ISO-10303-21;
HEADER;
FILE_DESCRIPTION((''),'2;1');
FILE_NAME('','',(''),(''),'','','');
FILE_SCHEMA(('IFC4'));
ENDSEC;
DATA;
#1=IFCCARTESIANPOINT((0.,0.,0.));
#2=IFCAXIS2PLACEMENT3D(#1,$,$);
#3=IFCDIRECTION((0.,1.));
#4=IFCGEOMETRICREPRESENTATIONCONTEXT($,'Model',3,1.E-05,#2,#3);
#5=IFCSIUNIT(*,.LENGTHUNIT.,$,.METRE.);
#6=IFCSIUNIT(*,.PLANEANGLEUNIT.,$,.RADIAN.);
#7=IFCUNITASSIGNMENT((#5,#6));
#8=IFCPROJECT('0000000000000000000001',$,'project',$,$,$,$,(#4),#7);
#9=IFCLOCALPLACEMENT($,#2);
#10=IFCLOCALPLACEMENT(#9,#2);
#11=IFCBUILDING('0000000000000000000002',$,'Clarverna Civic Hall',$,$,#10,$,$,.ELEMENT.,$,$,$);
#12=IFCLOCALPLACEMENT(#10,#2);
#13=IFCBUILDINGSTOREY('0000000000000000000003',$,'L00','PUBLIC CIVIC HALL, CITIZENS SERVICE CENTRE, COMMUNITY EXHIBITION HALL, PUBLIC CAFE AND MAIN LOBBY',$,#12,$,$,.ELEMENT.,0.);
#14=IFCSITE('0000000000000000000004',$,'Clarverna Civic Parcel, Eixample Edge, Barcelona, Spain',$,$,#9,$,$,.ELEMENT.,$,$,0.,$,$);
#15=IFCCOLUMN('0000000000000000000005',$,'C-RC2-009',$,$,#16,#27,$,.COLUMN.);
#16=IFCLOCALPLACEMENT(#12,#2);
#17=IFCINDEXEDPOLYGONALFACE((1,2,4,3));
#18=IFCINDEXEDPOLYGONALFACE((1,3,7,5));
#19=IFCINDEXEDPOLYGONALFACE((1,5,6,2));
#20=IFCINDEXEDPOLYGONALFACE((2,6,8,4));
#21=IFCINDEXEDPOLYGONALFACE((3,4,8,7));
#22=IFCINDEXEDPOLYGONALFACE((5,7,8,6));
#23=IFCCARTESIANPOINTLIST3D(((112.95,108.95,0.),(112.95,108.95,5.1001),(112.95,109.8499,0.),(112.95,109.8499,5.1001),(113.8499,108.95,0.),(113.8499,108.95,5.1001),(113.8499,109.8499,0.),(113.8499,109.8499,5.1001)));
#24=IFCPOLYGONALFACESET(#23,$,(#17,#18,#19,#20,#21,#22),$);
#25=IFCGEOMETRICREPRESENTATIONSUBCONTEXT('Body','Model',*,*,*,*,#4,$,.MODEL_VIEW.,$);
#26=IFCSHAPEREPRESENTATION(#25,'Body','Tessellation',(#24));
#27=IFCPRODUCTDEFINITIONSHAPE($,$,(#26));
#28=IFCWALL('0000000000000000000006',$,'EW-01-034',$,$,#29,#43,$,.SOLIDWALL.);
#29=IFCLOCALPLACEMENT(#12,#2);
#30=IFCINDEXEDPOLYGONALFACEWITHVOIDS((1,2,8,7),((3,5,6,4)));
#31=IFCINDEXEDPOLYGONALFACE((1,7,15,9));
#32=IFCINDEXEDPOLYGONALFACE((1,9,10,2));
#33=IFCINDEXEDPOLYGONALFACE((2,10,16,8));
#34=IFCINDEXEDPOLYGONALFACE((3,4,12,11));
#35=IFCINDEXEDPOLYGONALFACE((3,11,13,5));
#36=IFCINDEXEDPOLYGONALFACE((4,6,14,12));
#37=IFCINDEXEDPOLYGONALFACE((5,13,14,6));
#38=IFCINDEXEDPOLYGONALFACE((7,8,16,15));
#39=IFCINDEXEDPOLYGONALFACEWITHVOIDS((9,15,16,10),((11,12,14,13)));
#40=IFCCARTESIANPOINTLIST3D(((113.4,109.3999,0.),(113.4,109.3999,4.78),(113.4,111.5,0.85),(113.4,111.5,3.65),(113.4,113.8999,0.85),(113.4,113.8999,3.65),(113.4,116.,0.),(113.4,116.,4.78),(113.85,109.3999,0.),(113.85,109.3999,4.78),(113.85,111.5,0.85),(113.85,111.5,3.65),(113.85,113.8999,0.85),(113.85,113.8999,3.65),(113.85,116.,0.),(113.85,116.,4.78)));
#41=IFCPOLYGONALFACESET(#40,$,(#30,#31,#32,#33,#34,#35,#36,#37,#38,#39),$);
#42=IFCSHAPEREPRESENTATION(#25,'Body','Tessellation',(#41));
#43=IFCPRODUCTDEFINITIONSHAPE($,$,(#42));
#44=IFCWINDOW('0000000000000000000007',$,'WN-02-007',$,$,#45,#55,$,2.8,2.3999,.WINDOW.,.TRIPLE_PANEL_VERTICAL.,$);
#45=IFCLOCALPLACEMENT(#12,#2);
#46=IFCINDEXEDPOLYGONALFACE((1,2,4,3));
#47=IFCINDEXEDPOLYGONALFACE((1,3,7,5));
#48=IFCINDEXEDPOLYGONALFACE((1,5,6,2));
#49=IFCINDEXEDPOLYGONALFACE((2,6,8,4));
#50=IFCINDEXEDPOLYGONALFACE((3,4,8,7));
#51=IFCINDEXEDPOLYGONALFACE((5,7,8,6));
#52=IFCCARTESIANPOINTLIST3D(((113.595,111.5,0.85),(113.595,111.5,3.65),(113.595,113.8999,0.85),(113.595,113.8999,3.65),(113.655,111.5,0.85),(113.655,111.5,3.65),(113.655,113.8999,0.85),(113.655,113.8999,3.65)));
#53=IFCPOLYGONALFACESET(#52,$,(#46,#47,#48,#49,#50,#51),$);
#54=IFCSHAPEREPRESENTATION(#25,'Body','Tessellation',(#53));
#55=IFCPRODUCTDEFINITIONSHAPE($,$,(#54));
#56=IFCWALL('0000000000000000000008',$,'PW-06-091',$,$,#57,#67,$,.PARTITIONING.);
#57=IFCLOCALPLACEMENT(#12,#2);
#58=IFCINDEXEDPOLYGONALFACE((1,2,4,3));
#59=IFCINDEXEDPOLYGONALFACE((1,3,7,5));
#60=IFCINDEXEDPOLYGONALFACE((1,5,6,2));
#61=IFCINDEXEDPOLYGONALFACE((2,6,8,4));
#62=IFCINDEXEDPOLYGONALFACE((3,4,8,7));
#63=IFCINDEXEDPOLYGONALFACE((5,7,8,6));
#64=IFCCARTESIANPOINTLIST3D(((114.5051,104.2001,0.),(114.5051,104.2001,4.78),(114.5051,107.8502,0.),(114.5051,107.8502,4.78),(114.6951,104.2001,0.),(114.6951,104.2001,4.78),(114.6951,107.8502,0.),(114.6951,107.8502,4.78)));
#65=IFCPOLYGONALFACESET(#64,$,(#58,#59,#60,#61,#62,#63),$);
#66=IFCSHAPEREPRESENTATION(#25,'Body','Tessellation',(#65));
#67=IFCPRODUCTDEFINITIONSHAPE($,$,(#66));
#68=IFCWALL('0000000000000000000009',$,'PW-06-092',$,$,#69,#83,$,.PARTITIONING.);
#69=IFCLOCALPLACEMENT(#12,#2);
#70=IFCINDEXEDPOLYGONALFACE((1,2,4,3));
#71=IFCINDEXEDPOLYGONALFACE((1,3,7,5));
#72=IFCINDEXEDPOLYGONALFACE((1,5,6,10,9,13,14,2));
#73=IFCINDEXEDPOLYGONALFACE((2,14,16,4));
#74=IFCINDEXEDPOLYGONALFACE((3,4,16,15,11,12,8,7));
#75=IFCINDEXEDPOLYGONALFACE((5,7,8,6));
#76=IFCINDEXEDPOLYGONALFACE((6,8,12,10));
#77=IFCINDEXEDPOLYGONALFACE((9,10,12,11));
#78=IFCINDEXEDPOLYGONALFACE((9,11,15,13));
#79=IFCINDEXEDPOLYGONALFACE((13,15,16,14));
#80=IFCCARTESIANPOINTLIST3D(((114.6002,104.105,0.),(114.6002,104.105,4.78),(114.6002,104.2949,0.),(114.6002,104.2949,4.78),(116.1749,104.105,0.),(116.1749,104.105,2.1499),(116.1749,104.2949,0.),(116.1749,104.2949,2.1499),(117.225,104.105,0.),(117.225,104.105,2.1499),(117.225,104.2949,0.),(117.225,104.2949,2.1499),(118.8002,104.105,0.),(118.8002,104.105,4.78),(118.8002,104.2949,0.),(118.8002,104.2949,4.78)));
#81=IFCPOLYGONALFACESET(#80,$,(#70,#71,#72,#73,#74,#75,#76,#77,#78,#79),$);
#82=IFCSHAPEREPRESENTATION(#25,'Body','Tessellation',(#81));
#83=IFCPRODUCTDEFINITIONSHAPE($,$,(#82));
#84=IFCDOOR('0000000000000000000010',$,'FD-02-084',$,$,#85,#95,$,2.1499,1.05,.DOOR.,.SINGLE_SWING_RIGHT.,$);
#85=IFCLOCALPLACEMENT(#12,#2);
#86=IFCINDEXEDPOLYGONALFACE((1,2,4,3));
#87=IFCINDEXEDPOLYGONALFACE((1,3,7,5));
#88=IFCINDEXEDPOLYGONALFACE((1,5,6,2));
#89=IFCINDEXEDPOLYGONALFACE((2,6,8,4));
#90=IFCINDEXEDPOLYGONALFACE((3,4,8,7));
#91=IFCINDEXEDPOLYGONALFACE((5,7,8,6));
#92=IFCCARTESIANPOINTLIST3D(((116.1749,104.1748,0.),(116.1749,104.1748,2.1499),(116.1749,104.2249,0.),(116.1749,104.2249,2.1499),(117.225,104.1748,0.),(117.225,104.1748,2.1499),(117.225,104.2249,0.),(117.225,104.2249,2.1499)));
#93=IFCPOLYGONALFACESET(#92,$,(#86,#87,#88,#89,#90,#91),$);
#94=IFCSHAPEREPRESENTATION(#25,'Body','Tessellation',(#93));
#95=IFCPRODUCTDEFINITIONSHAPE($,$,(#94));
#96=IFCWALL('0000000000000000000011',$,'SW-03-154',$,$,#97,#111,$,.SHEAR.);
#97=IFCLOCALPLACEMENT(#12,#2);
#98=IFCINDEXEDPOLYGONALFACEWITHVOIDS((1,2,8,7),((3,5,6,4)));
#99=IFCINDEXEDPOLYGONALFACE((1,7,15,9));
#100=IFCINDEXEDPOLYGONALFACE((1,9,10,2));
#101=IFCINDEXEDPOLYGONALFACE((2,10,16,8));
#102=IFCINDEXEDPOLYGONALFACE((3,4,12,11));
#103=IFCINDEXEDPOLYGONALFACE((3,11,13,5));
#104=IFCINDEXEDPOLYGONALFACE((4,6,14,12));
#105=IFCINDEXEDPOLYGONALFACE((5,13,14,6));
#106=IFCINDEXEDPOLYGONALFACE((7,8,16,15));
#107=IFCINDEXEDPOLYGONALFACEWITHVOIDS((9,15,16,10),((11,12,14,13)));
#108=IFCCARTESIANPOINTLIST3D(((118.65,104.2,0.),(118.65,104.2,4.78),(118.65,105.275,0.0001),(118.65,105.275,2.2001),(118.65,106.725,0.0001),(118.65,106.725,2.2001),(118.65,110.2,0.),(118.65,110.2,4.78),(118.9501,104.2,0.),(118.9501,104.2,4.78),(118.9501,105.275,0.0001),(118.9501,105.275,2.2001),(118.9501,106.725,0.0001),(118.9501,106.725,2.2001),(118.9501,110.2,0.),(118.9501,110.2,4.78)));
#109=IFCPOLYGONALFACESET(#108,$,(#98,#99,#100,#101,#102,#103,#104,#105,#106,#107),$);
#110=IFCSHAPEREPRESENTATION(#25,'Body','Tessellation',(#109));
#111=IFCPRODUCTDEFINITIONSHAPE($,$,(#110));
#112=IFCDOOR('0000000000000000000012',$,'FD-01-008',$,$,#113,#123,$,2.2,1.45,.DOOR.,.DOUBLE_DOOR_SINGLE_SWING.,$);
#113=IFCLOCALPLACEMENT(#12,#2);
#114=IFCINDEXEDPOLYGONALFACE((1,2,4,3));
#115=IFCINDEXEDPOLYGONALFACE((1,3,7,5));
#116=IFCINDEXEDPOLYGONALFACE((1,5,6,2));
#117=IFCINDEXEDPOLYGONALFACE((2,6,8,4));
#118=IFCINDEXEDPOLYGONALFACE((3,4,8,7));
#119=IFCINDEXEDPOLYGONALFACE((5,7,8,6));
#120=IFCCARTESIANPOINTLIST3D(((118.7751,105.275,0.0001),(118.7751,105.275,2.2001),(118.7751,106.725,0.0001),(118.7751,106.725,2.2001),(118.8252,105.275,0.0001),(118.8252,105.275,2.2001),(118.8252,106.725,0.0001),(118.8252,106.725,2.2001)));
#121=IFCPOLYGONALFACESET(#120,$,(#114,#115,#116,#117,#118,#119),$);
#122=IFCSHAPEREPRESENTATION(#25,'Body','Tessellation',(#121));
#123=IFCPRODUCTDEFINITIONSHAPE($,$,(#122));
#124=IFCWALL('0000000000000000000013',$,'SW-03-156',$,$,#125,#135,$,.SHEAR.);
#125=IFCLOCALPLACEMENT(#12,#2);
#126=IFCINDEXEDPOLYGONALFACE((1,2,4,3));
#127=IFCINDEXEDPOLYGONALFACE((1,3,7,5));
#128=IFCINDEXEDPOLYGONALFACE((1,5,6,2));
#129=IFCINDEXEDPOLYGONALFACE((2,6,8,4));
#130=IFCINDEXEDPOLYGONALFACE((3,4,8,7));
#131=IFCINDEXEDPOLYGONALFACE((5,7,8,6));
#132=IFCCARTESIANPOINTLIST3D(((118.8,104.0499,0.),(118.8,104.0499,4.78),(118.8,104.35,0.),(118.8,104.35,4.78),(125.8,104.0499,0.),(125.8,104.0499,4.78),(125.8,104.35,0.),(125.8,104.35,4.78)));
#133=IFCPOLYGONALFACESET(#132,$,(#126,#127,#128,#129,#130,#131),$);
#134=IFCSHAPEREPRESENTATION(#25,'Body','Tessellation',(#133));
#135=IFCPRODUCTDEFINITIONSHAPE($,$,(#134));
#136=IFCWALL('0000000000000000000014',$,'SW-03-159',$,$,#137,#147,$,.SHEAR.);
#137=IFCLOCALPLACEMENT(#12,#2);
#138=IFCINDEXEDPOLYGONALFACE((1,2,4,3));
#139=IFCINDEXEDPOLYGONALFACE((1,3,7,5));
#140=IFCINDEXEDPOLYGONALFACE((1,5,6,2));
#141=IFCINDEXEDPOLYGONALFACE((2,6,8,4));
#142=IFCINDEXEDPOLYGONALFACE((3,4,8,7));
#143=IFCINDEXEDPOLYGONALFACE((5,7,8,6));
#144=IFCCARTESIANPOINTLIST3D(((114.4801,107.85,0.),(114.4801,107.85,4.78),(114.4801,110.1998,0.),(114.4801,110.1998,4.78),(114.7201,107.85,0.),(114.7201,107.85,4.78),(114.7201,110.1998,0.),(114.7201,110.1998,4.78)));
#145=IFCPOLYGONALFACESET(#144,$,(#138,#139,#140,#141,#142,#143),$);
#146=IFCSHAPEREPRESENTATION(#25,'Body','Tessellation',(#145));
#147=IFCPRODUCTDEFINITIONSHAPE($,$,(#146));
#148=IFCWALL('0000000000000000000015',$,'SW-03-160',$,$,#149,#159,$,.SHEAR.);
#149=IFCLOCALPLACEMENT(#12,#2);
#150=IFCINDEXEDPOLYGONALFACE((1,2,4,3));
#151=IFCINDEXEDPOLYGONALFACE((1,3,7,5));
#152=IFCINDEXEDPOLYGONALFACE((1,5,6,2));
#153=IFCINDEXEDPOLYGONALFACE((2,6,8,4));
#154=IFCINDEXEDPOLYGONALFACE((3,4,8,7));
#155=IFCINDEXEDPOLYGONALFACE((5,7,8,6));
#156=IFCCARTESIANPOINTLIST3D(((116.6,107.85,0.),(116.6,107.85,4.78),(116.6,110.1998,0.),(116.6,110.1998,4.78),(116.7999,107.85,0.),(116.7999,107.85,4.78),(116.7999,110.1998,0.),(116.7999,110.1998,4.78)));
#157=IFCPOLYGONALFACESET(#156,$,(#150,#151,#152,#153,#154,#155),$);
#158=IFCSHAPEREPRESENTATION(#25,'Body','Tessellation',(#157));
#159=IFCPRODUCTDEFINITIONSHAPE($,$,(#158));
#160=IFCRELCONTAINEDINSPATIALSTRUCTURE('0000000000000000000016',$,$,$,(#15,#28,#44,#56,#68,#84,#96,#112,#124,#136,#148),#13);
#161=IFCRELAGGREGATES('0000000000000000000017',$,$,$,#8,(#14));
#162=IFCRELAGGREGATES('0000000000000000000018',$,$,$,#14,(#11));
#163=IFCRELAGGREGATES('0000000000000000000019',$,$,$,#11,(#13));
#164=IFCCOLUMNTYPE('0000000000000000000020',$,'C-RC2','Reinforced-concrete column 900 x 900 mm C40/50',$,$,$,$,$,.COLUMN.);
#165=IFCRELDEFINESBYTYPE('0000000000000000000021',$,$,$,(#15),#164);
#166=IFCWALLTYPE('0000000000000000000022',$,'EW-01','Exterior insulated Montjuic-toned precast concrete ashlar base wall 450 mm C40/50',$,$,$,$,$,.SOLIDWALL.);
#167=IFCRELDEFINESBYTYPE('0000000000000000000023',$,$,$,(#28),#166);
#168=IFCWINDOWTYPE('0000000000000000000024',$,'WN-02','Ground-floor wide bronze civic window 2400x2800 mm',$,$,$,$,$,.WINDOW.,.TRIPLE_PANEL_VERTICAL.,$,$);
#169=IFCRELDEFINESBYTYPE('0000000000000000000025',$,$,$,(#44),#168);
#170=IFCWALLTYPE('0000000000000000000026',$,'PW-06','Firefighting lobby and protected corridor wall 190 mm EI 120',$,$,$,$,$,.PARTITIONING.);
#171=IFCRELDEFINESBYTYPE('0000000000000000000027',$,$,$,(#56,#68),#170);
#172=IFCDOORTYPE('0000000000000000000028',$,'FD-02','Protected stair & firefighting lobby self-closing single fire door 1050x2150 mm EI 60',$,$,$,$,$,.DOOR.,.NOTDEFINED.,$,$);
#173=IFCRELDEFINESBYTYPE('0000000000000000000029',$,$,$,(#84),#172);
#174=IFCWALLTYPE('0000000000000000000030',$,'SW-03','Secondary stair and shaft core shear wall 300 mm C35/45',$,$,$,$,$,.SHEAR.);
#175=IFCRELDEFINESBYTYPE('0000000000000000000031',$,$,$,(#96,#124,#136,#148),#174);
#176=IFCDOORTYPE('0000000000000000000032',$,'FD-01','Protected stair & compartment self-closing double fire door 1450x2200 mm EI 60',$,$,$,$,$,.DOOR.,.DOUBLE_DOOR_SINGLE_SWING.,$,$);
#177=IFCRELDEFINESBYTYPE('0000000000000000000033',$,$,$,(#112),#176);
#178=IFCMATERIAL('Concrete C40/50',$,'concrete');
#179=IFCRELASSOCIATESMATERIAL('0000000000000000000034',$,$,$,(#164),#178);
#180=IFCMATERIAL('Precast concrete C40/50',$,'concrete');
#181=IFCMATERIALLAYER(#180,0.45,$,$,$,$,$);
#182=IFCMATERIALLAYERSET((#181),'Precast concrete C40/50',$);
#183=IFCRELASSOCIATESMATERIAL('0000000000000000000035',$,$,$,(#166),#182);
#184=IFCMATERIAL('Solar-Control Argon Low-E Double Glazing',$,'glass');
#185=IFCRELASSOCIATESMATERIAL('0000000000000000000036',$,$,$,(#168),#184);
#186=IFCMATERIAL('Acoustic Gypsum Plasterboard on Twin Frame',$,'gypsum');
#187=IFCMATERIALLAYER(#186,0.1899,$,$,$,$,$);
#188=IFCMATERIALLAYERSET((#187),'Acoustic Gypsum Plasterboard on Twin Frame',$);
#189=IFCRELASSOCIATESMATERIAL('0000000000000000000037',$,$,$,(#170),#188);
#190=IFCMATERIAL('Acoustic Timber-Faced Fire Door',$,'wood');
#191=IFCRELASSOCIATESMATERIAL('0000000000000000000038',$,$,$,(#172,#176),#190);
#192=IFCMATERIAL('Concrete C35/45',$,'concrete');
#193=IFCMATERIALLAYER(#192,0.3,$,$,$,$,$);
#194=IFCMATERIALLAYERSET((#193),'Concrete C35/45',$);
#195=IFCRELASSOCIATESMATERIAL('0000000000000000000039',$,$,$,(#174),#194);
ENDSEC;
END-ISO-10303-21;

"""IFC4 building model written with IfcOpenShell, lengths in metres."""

from ifc_helpers import new_model, si_unit, direction, frame, frame_2d, origin, origin_2d, place, context, subcontext, project, spatial, rectangle, extrude, material, layer, layer_set, material_profile, profile_set, type_object, element, fill, save


model = new_model("IFC4")

# Units and contexts
model_context = context("Model", 3, precision=1e-05, world=origin(), true_north=direction((0.0, 1.0)))
body_context = subcontext(model_context, "Body", "Model", "MODEL_VIEW")
ifc_project = project(units=[si_unit("LENGTHUNIT", "METRE"), si_unit("PLANEANGLEUNIT", "RADIAN")], contexts=[model_context])

# Site, building, storey
site_placement = place(None, origin())
site = spatial("IfcSite", under=ifc_project, at=site_placement, Name="Clarverna Civic Parcel, Eixample Edge, Barcelona, Spain", CompositionType="ELEMENT", RefElevation=0.0)
building_placement = place(site_placement, origin())
building = spatial("IfcBuilding", under=site, at=building_placement, Name="Clarverna Civic Hall", CompositionType="ELEMENT")
storey_placement = place(building_placement, origin())
storey = spatial("IfcBuildingStorey", under=building, at=storey_placement, Name="L00", Description="PUBLIC CIVIC HALL, CITIZENS SERVICE CENTRE, COMMUNITY EXHIBITION HALL, PUBLIC CAFE AND MAIN LOBBY", CompositionType="ELEMENT", Elevation=0.0)

# Column
ifc_material_1 = material(Name="Concrete C40/50", Category="concrete")
ifc_material_profile = material_profile(ifc_material_1, rectangle(XDim=0.8999, YDim=0.8999, at=origin_2d()), Name="RC 900x900")
ifc_profile_set = profile_set([ifc_material_profile], Name="Concrete C40/50")
column_type = type_object("IfcColumnType", Name="C-RC2", Description="Reinforced-concrete column 900 x 900 mm C40/50", PredefinedType="COLUMN", material=ifc_profile_set)
column_placement = place(storey_placement, frame((113.3999, 109.3999, 0.0), z_axis=(0.0, 0.0, 1.0), x_axis=(1.0, 0.0, 0.0)))
element("IfcColumn", 1, at=column_placement, inside=storey, type_object=column_type, Name="C-RC2-009", PredefinedType="COLUMN", context=body_context, shape_type="SweptSolid", body=[
    extrude(rectangle(XDim=0.8999, YDim=0.8999, at=origin_2d()), origin(), (0.0, 0.0, 1.0), 5.1001),
])

# Wall, opening, window
ifc_material_2 = material(Name="Precast concrete C40/50", Category="concrete")
ifc_layer_1 = layer(ifc_material_2, 0.45)
ifc_layer_set_1 = layer_set([ifc_layer_1], Name="Precast concrete C40/50")
wall_type_1 = type_object("IfcWallType", Name="EW-01", Description="Exterior insulated Montjuic-toned precast concrete ashlar base wall 450 mm C40/50", PredefinedType="SOLIDWALL", material=ifc_layer_set_1)
wall_1_placement = place(storey_placement, frame((113.625, 109.3999, 0.0), z_axis=(0.0, 0.0, 1.0), x_axis=(0.0, 1.0, 0.0)))
wall_1 = element("IfcWall", 2, at=wall_1_placement, inside=storey, type_object=wall_type_1, Name="EW-01-034", PredefinedType="SOLIDWALL", context=body_context, shape_type="SweptSolid", body=[
    extrude(rectangle(XDim=6.6001, YDim=0.45, at=frame_2d((3.3, 0.0))), origin(), (0.0, 0.0, 1.0), 4.78),
])
opening_1_placement = place(wall_1_placement, frame((2.1001, 0.0, 0.8501)))
opening_1 = element("IfcOpeningElement", 3, at=opening_1_placement, cuts=wall_1, PredefinedType="OPENING", context=body_context, shape_type="SweptSolid", body=[
    extrude(rectangle(XDim=2.3999, YDim=2.8, at=frame_2d((1.2, 1.3999))), frame((0.0, 0.2349, 0.0), z_axis=(0.0, -1.0, 0.0), x_axis=(1.0, 0.0, 0.0)), (0.0, 0.0, 1.0), 0.47),
])
ifc_material_3 = material(Name="Solar-Control Argon Low-E Double Glazing", Category="glass")
window_type = type_object("IfcWindowType", Name="WN-02", Description="Ground-floor wide bronze civic window 2400x2800 mm", PartitioningType="TRIPLE_PANEL_VERTICAL", PredefinedType="WINDOW", material=ifc_material_3)
window_placement = place(opening_1_placement, origin())
window = element("IfcWindow", 4, at=window_placement, inside=storey, type_object=window_type, Name="WN-02-007", OverallHeight=2.8, OverallWidth=2.3999, PartitioningType="TRIPLE_PANEL_VERTICAL", PredefinedType="WINDOW", context=body_context, shape_type="SweptSolid", body=[
    extrude(rectangle(XDim=2.3999, YDim=2.8, at=frame_2d((1.2, 1.3999))), frame((0.0, 0.03, 0.0), z_axis=(0.0, -1.0, 0.0), x_axis=(1.0, 0.0, 0.0)), (0.0, 0.0, 1.0), 0.0601),
])
fill(opening_1, window)

# Wall
ifc_material_4 = material(Name="Acoustic Gypsum Plasterboard on Twin Frame", Category="gypsum")
ifc_layer_2 = layer(ifc_material_4, 0.1899)
ifc_layer_set_2 = layer_set([ifc_layer_2], Name="Acoustic Gypsum Plasterboard on Twin Frame")
wall_type_2 = type_object("IfcWallType", Name="PW-06", Description="Firefighting lobby and protected corridor wall 190 mm EI 120", PredefinedType="PARTITIONING", material=ifc_layer_set_2)
wall_2_placement = place(storey_placement, frame((114.6001, 104.2, 0.0), z_axis=(0.0, 0.0, 1.0), x_axis=(0.0, 1.0, 0.0)))
element("IfcWall", 5, at=wall_2_placement, inside=storey, type_object=wall_type_2, Name="PW-06-091", PredefinedType="PARTITIONING", context=body_context, shape_type="SweptSolid", body=[
    extrude(rectangle(XDim=3.6501, YDim=0.1899, at=frame_2d((1.8252, 0.0))), origin(), (0.0, 0.0, 1.0), 4.78),
])

# Walls, openings, doors
wall_3_placement = place(storey_placement, frame((114.6001, 104.2, 0.0), z_axis=(0.0, 0.0, 1.0), x_axis=(1.0, 0.0, 0.0)))
wall_3 = element("IfcWall", 6, at=wall_3_placement, inside=storey, type_object=wall_type_2, Name="PW-06-092", PredefinedType="PARTITIONING", context=body_context, shape_type="SweptSolid", body=[
    extrude(rectangle(XDim=4.2, YDim=0.1899, at=frame_2d((2.1001, 0.0))), origin(), (0.0, 0.0, 1.0), 4.78),
])
opening_2_placement = place(wall_3_placement, frame((1.575, 0.0, 0.0)))
opening_2 = element("IfcOpeningElement", 7, at=opening_2_placement, cuts=wall_3, PredefinedType="OPENING", context=body_context, shape_type="SweptSolid", body=[
    extrude(rectangle(XDim=1.05, YDim=2.1499, at=frame_2d((0.5249, 1.075))), frame((0.0, 0.105, 0.0), z_axis=(0.0, -1.0, 0.0), x_axis=(1.0, 0.0, 0.0)), (0.0, 0.0, 1.0), 0.21),
])
ifc_material_5 = material(Name="Acoustic Timber-Faced Fire Door", Category="wood")
door_type_1 = type_object("IfcDoorType", Name="FD-02", Description="Protected stair & firefighting lobby self-closing single fire door 1050x2150 mm EI 60", OperationType="NOTDEFINED", PredefinedType="DOOR", material=ifc_material_5)
door_1_placement = place(opening_2_placement, origin())
door_1 = element("IfcDoor", 8, at=door_1_placement, inside=storey, type_object=door_type_1, Name="FD-02-084", OperationType="SINGLE_SWING_RIGHT", OverallHeight=2.1499, OverallWidth=1.05, PredefinedType="DOOR", context=body_context, shape_type="SweptSolid", body=[
    extrude(rectangle(XDim=1.05, YDim=2.1499, at=frame_2d((0.5249, 1.075))), frame((0.0, 0.0249, 0.0), z_axis=(0.0, -1.0, 0.0), x_axis=(1.0, 0.0, 0.0)), (0.0, 0.0, 1.0), 0.05),
])
fill(opening_2, door_1)
ifc_material_6 = material(Name="Concrete C35/45", Category="concrete")
ifc_layer_3 = layer(ifc_material_6, 0.3)
ifc_layer_set_3 = layer_set([ifc_layer_3], Name="Concrete C35/45")
wall_type_3 = type_object("IfcWallType", Name="SW-03", Description="Secondary stair and shaft core shear wall 300 mm C35/45", PredefinedType="SHEAR", material=ifc_layer_set_3)
wall_4_placement = place(storey_placement, frame((118.8, 104.2, 0.0), z_axis=(0.0, 0.0, 1.0), x_axis=(0.0, 1.0, 0.0)))
wall_4 = element("IfcWall", 9, at=wall_4_placement, inside=storey, type_object=wall_type_3, Name="SW-03-154", PredefinedType="SHEAR", context=body_context, shape_type="SweptSolid", body=[
    extrude(rectangle(XDim=6.0, YDim=0.3, at=frame_2d((3.0, 0.0))), origin(), (0.0, 0.0, 1.0), 4.78),
])
opening_3_placement = place(wall_4_placement, frame((1.075, 0.0, 0.0)))
opening_3 = element("IfcOpeningElement", 10, at=opening_3_placement, cuts=wall_4, PredefinedType="OPENING", context=body_context, shape_type="SweptSolid", body=[
    extrude(rectangle(XDim=1.45, YDim=2.2, at=frame_2d((0.7251, 1.1001))), frame((0.0, 0.1599, 0.0), z_axis=(0.0, -1.0, 0.0), x_axis=(1.0, 0.0, 0.0)), (0.0, 0.0, 1.0), 0.3201),
])
door_type_2 = type_object("IfcDoorType", Name="FD-01", Description="Protected stair & compartment self-closing double fire door 1450x2200 mm EI 60", OperationType="DOUBLE_DOOR_SINGLE_SWING", PredefinedType="DOOR", material=ifc_material_5)
door_2_placement = place(opening_3_placement, origin())
door_2 = element("IfcDoor", 11, at=door_2_placement, inside=storey, type_object=door_type_2, Name="FD-01-008", OperationType="DOUBLE_DOOR_SINGLE_SWING", OverallHeight=2.2, OverallWidth=1.45, PredefinedType="DOOR", context=body_context, shape_type="SweptSolid", body=[
    extrude(rectangle(XDim=1.45, YDim=2.2, at=frame_2d((0.7251, 1.1001))), frame((0.0, 0.0249, 0.0), z_axis=(0.0, -1.0, 0.0), x_axis=(1.0, 0.0, 0.0)), (0.0, 0.0, 1.0), 0.05),
])
fill(opening_3, door_2)

# Walls
wall_5_placement = place(storey_placement, frame((118.8, 104.2, 0.0), z_axis=(0.0, 0.0, 1.0), x_axis=(1.0, 0.0, 0.0)))
element("IfcWall", 12, at=wall_5_placement, inside=storey, type_object=wall_type_3, Name="SW-03-156", PredefinedType="SHEAR", context=body_context, shape_type="SweptSolid", body=[
    extrude(rectangle(XDim=7.0, YDim=0.3, at=frame_2d((3.5, 0.0))), origin(), (0.0, 0.0, 1.0), 4.78),
])
wall_6_placement = place(storey_placement, frame((114.6001, 107.8501, 0.0), z_axis=(0.0, 0.0, 1.0), x_axis=(0.0, 1.0, 0.0)))
element("IfcWall", 13, at=wall_6_placement, inside=storey, type_object=wall_type_3, Name="SW-03-159", PredefinedType="SHEAR", context=body_context, shape_type="SweptSolid", body=[
    extrude(rectangle(XDim=2.3499, YDim=0.24, at=frame_2d((1.1748, 0.0))), origin(), (0.0, 0.0, 1.0), 4.78),
])
wall_7_placement = place(storey_placement, frame((116.7, 107.8501, 0.0), z_axis=(0.0, 0.0, 1.0), x_axis=(0.0, 1.0, 0.0)))
element("IfcWall", 14, at=wall_7_placement, inside=storey, type_object=wall_type_3, Name="SW-03-160", PredefinedType="SHEAR", context=body_context, shape_type="SweptSolid", body=[
    extrude(rectangle(XDim=2.3499, YDim=0.2, at=frame_2d((1.1748, 0.0))), origin(), (0.0, 0.0, 1.0), 4.78),
])

save(model, "model.ifc")
